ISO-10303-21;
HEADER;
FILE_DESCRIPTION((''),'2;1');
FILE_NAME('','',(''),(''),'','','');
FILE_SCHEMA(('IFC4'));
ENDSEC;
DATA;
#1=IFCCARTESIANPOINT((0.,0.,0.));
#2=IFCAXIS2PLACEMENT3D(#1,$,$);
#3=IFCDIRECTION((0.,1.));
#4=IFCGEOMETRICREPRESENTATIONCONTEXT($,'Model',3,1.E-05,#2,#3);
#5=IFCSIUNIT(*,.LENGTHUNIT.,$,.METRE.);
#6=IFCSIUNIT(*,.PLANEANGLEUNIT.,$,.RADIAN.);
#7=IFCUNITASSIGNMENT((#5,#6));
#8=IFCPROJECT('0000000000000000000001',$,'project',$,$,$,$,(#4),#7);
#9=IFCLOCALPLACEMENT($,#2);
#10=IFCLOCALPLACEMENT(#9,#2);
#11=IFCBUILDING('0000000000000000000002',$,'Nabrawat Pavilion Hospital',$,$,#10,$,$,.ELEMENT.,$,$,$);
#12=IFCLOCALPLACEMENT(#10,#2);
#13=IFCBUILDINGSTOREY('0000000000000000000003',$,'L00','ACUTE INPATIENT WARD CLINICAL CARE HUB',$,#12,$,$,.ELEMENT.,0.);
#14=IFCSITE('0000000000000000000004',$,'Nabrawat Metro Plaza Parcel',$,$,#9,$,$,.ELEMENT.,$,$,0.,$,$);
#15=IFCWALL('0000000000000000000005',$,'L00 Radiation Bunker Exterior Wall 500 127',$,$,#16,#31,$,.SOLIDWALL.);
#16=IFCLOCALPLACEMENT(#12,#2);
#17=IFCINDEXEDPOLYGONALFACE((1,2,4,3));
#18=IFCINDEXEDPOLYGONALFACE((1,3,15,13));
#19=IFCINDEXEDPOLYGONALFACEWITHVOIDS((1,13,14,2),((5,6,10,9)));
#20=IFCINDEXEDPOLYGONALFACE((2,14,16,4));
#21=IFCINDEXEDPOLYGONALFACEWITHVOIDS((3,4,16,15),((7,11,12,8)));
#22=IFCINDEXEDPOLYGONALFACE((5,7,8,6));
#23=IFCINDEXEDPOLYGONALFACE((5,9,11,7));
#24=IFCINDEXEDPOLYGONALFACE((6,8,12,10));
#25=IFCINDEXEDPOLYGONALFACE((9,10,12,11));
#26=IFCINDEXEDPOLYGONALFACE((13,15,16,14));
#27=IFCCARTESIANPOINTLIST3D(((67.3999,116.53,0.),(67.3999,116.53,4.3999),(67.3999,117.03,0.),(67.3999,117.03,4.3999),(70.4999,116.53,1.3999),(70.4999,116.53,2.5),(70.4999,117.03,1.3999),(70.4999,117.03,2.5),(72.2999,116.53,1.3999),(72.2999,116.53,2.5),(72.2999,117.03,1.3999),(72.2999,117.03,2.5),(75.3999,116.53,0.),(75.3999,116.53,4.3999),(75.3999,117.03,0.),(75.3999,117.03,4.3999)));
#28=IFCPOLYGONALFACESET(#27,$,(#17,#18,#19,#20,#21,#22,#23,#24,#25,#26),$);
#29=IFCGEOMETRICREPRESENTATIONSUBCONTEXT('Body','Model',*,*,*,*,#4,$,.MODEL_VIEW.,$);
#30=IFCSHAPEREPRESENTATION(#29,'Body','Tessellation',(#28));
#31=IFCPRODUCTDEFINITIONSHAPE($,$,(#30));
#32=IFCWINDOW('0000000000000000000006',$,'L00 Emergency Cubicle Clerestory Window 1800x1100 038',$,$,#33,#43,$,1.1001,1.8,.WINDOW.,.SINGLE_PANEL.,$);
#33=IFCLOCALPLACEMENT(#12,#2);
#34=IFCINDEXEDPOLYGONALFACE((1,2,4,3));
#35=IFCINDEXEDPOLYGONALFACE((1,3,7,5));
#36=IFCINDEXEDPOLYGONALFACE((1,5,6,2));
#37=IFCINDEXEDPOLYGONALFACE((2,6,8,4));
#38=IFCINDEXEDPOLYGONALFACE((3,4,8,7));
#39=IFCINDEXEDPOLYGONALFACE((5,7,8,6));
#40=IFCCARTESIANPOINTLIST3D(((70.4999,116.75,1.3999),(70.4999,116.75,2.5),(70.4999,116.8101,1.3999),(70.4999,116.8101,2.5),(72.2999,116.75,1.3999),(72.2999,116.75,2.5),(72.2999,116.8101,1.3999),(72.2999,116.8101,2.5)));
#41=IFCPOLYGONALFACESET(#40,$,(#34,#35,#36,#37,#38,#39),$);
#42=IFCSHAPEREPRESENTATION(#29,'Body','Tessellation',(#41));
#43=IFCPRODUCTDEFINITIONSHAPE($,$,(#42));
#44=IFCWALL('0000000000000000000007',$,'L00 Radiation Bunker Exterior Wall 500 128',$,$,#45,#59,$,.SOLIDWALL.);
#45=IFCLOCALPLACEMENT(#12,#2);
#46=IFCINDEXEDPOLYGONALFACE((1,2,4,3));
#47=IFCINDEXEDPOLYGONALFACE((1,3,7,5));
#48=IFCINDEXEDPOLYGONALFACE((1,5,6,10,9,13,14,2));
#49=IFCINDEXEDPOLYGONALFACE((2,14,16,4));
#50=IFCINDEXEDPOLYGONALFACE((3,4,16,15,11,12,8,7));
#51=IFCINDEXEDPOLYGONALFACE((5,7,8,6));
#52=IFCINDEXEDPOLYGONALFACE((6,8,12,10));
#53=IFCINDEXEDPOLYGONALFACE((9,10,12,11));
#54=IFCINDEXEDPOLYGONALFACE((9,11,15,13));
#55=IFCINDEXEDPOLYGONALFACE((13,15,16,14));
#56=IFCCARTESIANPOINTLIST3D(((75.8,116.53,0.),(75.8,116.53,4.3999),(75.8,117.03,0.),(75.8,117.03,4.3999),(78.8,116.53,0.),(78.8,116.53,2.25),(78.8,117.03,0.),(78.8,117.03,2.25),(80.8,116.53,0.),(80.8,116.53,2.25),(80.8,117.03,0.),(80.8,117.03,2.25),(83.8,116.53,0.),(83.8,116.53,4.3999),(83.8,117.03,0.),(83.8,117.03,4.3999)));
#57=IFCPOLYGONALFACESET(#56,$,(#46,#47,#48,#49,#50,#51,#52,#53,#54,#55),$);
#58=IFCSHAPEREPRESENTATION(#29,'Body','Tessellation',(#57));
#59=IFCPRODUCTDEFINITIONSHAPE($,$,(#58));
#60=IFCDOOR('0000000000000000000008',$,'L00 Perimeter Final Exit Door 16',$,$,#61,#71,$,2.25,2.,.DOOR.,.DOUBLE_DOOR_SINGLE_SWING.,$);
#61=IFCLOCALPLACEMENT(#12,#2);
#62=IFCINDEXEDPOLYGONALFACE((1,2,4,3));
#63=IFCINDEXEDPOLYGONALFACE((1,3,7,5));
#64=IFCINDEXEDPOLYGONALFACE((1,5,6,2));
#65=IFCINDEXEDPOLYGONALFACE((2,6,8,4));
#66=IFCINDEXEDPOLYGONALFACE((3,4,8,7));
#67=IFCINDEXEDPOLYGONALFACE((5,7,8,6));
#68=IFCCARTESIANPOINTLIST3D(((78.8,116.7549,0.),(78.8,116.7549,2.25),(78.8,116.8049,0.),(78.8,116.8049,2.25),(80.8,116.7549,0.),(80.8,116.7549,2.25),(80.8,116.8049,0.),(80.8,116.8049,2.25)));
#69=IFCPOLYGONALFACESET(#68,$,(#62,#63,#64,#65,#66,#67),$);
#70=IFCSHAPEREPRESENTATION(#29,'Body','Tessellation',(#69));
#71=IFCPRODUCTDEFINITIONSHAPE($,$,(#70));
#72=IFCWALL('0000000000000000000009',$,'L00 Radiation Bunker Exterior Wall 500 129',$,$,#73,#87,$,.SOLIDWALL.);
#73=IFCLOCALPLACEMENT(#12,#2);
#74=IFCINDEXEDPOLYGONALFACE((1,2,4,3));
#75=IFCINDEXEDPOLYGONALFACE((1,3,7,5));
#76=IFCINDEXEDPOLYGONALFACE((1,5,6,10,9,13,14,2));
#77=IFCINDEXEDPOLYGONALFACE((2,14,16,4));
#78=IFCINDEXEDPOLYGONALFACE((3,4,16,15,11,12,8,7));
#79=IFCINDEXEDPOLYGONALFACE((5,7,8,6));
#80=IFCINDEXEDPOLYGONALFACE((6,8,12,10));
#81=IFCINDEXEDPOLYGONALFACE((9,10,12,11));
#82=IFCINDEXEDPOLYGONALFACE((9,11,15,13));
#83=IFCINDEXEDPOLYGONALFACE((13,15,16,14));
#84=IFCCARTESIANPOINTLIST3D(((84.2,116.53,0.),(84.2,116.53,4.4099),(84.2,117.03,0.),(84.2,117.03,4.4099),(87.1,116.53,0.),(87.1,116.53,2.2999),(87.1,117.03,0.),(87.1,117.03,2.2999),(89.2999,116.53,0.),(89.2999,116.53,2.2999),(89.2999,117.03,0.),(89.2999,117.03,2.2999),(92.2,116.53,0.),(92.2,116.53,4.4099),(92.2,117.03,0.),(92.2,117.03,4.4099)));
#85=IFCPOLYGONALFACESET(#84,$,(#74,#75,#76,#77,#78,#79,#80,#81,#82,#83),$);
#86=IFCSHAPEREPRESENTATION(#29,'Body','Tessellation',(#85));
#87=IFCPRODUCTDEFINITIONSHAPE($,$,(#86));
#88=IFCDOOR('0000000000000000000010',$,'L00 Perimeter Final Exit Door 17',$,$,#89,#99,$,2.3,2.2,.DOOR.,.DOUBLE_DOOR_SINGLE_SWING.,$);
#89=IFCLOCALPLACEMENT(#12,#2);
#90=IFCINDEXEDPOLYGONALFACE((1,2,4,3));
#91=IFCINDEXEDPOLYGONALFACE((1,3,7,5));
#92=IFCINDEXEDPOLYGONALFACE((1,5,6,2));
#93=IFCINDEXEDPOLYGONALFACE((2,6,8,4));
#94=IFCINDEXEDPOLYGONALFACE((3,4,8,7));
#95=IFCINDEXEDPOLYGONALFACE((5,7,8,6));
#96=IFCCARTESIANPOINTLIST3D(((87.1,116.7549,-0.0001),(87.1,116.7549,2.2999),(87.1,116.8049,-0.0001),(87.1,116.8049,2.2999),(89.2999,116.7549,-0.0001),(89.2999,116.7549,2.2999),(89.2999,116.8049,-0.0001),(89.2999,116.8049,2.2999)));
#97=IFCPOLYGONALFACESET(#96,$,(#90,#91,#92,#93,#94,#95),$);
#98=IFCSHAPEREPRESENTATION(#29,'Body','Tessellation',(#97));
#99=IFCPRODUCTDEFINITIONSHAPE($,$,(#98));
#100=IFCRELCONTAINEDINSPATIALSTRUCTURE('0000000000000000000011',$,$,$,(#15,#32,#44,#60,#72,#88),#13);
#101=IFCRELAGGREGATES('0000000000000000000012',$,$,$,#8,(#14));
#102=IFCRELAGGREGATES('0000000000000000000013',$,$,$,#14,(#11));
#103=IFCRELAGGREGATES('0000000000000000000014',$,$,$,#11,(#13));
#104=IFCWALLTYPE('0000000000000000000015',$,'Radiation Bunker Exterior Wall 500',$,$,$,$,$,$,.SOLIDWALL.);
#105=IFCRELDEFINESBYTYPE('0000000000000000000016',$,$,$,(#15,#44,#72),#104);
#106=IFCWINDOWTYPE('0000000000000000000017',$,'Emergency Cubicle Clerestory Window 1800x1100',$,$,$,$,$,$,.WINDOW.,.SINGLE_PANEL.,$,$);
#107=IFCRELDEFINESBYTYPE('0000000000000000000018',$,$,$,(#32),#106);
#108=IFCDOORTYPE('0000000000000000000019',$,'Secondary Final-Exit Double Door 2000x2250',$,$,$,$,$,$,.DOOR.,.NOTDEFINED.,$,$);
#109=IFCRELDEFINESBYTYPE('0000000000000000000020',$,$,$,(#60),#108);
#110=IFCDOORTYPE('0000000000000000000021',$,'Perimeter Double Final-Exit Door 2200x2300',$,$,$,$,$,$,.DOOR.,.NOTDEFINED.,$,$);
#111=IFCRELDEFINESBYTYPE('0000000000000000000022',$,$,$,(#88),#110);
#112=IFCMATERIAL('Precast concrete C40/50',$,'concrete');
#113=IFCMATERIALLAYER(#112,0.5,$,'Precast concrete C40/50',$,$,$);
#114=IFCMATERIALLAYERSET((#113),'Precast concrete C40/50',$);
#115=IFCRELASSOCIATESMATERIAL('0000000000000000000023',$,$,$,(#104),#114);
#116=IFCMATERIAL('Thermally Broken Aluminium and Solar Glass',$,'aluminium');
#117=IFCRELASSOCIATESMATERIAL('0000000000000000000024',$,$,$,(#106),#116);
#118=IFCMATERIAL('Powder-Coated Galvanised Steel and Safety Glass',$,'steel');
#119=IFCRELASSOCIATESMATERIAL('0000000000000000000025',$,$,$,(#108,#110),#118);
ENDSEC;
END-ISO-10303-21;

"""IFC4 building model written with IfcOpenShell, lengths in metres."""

from ifc_helpers import new_model, si_unit, direction, frame, frame_2d, origin, place, context, subcontext, project, spatial, rectangle, extrude, material, layer, layer_set, type_object, element, fill, save


model = new_model("IFC4")

# Units and contexts
model_context = context("Model", 3, precision=1e-05, world=origin(), true_north=direction((0.0, 1.0)))
body_context = subcontext(model_context, "Body", "Model", "MODEL_VIEW")
ifc_project = project(units=[si_unit("LENGTHUNIT", "METRE"), si_unit("PLANEANGLEUNIT", "RADIAN")], contexts=[model_context])

# Site, building, storey
site_placement = place(None, origin())
site = spatial("IfcSite", under=ifc_project, at=site_placement, Name="Nabrawat Metro Plaza Parcel", CompositionType="ELEMENT", RefElevation=0.0)
building_placement = place(site_placement, origin())
building = spatial("IfcBuilding", under=site, at=building_placement, Name="Nabrawat Pavilion Hospital", CompositionType="ELEMENT")
storey_placement = place(building_placement, origin())
storey = spatial("IfcBuildingStorey", under=building, at=storey_placement, Name="L00", Description="ACUTE INPATIENT WARD CLINICAL CARE HUB", CompositionType="ELEMENT", Elevation=0.0)

# Shared definitions
ifc_material_1 = material(Name="Precast concrete C40/50", Category="concrete")
ifc_layer_1 = layer(ifc_material_1, 0.5, Name="Precast concrete C40/50")
ifc_layer_set_1 = layer_set([ifc_layer_1], Name="Precast concrete C40/50")
wall_type_1 = type_object("IfcWallType", Name="Radiation Bunker Exterior Wall 500", PredefinedType="SOLIDWALL", material=ifc_layer_set_1)
ifc_material_2 = material(Name="Powder-Coated Galvanised Steel and Safety Glass", Category="steel")

# Wall, opening, window
wall_1_placement = place(storey_placement, frame((67.3999, 116.78, 0.0), z_axis=(0.0, 0.0, 1.0), x_axis=(1.0, 0.0, 0.0)))
wall_1 = element("IfcWall", 1, at=wall_1_placement, inside=storey, type_object=wall_type_1, Name="L00 Radiation Bunker Exterior Wall 500 127", PredefinedType="SOLIDWALL", context=body_context, shape_type="SweptSolid", body=[
    extrude(rectangle(XDim=8.0, YDim=0.5, at=frame_2d((4.0, 0.0))), origin(), (0.0, 0.0, 1.0), 4.3999),
])
opening_1_placement = place(wall_1_placement, frame((3.1001, 0.0, 1.3999)))
opening_1 = element("IfcOpeningElement", 2, at=opening_1_placement, cuts=wall_1, PredefinedType="OPENING", context=body_context, shape_type="SweptSolid", body=[
    extrude(rectangle(XDim=1.8, YDim=1.1001, at=frame_2d((0.8999, 0.55))), frame((0.0, 0.26, 0.0), z_axis=(0.0, -1.0, 0.0), x_axis=(1.0, 0.0, 0.0)), (0.0, 0.0, 1.0), 0.52),
])
ifc_material_3 = material(Name="Thermally Broken Aluminium and Solar Glass", Category="aluminium")
window_type = type_object("IfcWindowType", Name="Emergency Cubicle Clerestory Window 1800x1100", PartitioningType="SINGLE_PANEL", PredefinedType="WINDOW", material=ifc_material_3)
window_placement = place(opening_1_placement, origin())
window = element("IfcWindow", 3, at=window_placement, inside=storey, type_object=window_type, Name="L00 Emergency Cubicle Clerestory Window 1800x1100 038", OverallHeight=1.1001, OverallWidth=1.8, PartitioningType="SINGLE_PANEL", PredefinedType="WINDOW", context=body_context, shape_type="SweptSolid", body=[
    extrude(rectangle(XDim=1.8, YDim=1.1001, at=frame_2d((0.8999, 0.55))), frame((0.0, 0.03, 0.0), z_axis=(0.0, -1.0, 0.0), x_axis=(1.0, 0.0, 0.0)), (0.0, 0.0, 1.0), 0.0601),
])
fill(opening_1, window)

# Walls, openings, doors
wall_2_placement = place(storey_placement, frame((75.8, 116.78, 0.0), z_axis=(0.0, 0.0, 1.0), x_axis=(1.0, 0.0, 0.0)))
wall_2 = element("IfcWall", 4, at=wall_2_placement, inside=storey, type_object=wall_type_1, Name="L00 Radiation Bunker Exterior Wall 500 128", PredefinedType="SOLIDWALL", context=body_context, shape_type="SweptSolid", body=[
    extrude(rectangle(XDim=8.0, YDim=0.5, at=frame_2d((4.0, 0.0))), origin(), (0.0, 0.0, 1.0), 4.3999),
])
opening_2_placement = place(wall_2_placement, frame((3.0, 0.0, 0.0)))
opening_2 = element("IfcOpeningElement", 5, at=opening_2_placement, cuts=wall_2, PredefinedType="OPENING", context=body_context, shape_type="SweptSolid", body=[
    extrude(rectangle(XDim=2.0, YDim=2.25, at=frame_2d((1.0, 1.125))), frame((0.0, 0.26, 0.0), z_axis=(0.0, -1.0, 0.0), x_axis=(1.0, 0.0, 0.0)), (0.0, 0.0, 1.0), 0.52),
])
door_type_1 = type_object("IfcDoorType", Name="Secondary Final-Exit Double Door 2000x2250", OperationType="NOTDEFINED", PredefinedType="DOOR", material=ifc_material_2)
door_1_placement = place(opening_2_placement, origin())
door_1 = element("IfcDoor", 6, at=door_1_placement, inside=storey, type_object=door_type_1, Name="L00 Perimeter Final Exit Door 16", OperationType="DOUBLE_DOOR_SINGLE_SWING", OverallHeight=2.25, OverallWidth=2.0, PredefinedType="DOOR", context=body_context, shape_type="SweptSolid", body=[
    extrude(rectangle(XDim=2.0, YDim=2.25, at=frame_2d((1.0, 1.125))), frame((0.0, 0.0249, 0.0), z_axis=(0.0, -1.0, 0.0), x_axis=(1.0, 0.0, 0.0)), (0.0, 0.0, 1.0), 0.05),
])
fill(opening_2, door_1)
wall_3_placement = place(storey_placement, frame((84.2, 116.78, 0.0), z_axis=(0.0, 0.0, 1.0), x_axis=(1.0, 0.0, 0.0)))
wall_3 = element("IfcWall", 7, at=wall_3_placement, inside=storey, type_object=wall_type_1, Name="L00 Radiation Bunker Exterior Wall 500 129", PredefinedType="SOLIDWALL", context=body_context, shape_type="SweptSolid", body=[
    extrude(rectangle(XDim=8.0, YDim=0.5, at=frame_2d((4.0, 0.0))), origin(), (0.0, 0.0, 1.0), 4.4099),
])
opening_3_placement = place(wall_3_placement, frame((2.8999, 0.0, 0.0)))
opening_3 = element("IfcOpeningElement", 8, at=opening_3_placement, cuts=wall_3, PredefinedType="OPENING", context=body_context, shape_type="SweptSolid", body=[
    extrude(rectangle(XDim=2.2, YDim=2.3, at=frame_2d((1.1001, 1.1499))), frame((0.0, 0.26, 0.0), z_axis=(0.0, -1.0, 0.0), x_axis=(1.0, 0.0, 0.0)), (0.0, 0.0, 1.0), 0.52),
])
door_type_2 = type_object("IfcDoorType", Name="Perimeter Double Final-Exit Door 2200x2300", OperationType="NOTDEFINED", PredefinedType="DOOR", material=ifc_material_2)
door_2_placement = place(opening_3_placement, origin())
door_2 = element("IfcDoor", 9, at=door_2_placement, inside=storey, type_object=door_type_2, Name="L00 Perimeter Final Exit Door 17", OperationType="DOUBLE_DOOR_SINGLE_SWING", OverallHeight=2.3, OverallWidth=2.2, PredefinedType="DOOR", context=body_context, shape_type="SweptSolid", body=[
    extrude(rectangle(XDim=2.2, YDim=2.3, at=frame_2d((1.1001, 1.1499))), frame((0.0, 0.0249, 0.0), z_axis=(0.0, -1.0, 0.0), x_axis=(1.0, 0.0, 0.0)), (0.0, 0.0, 1.0), 0.05),
])
fill(opening_3, door_2)

save(model, "model.ifc")
